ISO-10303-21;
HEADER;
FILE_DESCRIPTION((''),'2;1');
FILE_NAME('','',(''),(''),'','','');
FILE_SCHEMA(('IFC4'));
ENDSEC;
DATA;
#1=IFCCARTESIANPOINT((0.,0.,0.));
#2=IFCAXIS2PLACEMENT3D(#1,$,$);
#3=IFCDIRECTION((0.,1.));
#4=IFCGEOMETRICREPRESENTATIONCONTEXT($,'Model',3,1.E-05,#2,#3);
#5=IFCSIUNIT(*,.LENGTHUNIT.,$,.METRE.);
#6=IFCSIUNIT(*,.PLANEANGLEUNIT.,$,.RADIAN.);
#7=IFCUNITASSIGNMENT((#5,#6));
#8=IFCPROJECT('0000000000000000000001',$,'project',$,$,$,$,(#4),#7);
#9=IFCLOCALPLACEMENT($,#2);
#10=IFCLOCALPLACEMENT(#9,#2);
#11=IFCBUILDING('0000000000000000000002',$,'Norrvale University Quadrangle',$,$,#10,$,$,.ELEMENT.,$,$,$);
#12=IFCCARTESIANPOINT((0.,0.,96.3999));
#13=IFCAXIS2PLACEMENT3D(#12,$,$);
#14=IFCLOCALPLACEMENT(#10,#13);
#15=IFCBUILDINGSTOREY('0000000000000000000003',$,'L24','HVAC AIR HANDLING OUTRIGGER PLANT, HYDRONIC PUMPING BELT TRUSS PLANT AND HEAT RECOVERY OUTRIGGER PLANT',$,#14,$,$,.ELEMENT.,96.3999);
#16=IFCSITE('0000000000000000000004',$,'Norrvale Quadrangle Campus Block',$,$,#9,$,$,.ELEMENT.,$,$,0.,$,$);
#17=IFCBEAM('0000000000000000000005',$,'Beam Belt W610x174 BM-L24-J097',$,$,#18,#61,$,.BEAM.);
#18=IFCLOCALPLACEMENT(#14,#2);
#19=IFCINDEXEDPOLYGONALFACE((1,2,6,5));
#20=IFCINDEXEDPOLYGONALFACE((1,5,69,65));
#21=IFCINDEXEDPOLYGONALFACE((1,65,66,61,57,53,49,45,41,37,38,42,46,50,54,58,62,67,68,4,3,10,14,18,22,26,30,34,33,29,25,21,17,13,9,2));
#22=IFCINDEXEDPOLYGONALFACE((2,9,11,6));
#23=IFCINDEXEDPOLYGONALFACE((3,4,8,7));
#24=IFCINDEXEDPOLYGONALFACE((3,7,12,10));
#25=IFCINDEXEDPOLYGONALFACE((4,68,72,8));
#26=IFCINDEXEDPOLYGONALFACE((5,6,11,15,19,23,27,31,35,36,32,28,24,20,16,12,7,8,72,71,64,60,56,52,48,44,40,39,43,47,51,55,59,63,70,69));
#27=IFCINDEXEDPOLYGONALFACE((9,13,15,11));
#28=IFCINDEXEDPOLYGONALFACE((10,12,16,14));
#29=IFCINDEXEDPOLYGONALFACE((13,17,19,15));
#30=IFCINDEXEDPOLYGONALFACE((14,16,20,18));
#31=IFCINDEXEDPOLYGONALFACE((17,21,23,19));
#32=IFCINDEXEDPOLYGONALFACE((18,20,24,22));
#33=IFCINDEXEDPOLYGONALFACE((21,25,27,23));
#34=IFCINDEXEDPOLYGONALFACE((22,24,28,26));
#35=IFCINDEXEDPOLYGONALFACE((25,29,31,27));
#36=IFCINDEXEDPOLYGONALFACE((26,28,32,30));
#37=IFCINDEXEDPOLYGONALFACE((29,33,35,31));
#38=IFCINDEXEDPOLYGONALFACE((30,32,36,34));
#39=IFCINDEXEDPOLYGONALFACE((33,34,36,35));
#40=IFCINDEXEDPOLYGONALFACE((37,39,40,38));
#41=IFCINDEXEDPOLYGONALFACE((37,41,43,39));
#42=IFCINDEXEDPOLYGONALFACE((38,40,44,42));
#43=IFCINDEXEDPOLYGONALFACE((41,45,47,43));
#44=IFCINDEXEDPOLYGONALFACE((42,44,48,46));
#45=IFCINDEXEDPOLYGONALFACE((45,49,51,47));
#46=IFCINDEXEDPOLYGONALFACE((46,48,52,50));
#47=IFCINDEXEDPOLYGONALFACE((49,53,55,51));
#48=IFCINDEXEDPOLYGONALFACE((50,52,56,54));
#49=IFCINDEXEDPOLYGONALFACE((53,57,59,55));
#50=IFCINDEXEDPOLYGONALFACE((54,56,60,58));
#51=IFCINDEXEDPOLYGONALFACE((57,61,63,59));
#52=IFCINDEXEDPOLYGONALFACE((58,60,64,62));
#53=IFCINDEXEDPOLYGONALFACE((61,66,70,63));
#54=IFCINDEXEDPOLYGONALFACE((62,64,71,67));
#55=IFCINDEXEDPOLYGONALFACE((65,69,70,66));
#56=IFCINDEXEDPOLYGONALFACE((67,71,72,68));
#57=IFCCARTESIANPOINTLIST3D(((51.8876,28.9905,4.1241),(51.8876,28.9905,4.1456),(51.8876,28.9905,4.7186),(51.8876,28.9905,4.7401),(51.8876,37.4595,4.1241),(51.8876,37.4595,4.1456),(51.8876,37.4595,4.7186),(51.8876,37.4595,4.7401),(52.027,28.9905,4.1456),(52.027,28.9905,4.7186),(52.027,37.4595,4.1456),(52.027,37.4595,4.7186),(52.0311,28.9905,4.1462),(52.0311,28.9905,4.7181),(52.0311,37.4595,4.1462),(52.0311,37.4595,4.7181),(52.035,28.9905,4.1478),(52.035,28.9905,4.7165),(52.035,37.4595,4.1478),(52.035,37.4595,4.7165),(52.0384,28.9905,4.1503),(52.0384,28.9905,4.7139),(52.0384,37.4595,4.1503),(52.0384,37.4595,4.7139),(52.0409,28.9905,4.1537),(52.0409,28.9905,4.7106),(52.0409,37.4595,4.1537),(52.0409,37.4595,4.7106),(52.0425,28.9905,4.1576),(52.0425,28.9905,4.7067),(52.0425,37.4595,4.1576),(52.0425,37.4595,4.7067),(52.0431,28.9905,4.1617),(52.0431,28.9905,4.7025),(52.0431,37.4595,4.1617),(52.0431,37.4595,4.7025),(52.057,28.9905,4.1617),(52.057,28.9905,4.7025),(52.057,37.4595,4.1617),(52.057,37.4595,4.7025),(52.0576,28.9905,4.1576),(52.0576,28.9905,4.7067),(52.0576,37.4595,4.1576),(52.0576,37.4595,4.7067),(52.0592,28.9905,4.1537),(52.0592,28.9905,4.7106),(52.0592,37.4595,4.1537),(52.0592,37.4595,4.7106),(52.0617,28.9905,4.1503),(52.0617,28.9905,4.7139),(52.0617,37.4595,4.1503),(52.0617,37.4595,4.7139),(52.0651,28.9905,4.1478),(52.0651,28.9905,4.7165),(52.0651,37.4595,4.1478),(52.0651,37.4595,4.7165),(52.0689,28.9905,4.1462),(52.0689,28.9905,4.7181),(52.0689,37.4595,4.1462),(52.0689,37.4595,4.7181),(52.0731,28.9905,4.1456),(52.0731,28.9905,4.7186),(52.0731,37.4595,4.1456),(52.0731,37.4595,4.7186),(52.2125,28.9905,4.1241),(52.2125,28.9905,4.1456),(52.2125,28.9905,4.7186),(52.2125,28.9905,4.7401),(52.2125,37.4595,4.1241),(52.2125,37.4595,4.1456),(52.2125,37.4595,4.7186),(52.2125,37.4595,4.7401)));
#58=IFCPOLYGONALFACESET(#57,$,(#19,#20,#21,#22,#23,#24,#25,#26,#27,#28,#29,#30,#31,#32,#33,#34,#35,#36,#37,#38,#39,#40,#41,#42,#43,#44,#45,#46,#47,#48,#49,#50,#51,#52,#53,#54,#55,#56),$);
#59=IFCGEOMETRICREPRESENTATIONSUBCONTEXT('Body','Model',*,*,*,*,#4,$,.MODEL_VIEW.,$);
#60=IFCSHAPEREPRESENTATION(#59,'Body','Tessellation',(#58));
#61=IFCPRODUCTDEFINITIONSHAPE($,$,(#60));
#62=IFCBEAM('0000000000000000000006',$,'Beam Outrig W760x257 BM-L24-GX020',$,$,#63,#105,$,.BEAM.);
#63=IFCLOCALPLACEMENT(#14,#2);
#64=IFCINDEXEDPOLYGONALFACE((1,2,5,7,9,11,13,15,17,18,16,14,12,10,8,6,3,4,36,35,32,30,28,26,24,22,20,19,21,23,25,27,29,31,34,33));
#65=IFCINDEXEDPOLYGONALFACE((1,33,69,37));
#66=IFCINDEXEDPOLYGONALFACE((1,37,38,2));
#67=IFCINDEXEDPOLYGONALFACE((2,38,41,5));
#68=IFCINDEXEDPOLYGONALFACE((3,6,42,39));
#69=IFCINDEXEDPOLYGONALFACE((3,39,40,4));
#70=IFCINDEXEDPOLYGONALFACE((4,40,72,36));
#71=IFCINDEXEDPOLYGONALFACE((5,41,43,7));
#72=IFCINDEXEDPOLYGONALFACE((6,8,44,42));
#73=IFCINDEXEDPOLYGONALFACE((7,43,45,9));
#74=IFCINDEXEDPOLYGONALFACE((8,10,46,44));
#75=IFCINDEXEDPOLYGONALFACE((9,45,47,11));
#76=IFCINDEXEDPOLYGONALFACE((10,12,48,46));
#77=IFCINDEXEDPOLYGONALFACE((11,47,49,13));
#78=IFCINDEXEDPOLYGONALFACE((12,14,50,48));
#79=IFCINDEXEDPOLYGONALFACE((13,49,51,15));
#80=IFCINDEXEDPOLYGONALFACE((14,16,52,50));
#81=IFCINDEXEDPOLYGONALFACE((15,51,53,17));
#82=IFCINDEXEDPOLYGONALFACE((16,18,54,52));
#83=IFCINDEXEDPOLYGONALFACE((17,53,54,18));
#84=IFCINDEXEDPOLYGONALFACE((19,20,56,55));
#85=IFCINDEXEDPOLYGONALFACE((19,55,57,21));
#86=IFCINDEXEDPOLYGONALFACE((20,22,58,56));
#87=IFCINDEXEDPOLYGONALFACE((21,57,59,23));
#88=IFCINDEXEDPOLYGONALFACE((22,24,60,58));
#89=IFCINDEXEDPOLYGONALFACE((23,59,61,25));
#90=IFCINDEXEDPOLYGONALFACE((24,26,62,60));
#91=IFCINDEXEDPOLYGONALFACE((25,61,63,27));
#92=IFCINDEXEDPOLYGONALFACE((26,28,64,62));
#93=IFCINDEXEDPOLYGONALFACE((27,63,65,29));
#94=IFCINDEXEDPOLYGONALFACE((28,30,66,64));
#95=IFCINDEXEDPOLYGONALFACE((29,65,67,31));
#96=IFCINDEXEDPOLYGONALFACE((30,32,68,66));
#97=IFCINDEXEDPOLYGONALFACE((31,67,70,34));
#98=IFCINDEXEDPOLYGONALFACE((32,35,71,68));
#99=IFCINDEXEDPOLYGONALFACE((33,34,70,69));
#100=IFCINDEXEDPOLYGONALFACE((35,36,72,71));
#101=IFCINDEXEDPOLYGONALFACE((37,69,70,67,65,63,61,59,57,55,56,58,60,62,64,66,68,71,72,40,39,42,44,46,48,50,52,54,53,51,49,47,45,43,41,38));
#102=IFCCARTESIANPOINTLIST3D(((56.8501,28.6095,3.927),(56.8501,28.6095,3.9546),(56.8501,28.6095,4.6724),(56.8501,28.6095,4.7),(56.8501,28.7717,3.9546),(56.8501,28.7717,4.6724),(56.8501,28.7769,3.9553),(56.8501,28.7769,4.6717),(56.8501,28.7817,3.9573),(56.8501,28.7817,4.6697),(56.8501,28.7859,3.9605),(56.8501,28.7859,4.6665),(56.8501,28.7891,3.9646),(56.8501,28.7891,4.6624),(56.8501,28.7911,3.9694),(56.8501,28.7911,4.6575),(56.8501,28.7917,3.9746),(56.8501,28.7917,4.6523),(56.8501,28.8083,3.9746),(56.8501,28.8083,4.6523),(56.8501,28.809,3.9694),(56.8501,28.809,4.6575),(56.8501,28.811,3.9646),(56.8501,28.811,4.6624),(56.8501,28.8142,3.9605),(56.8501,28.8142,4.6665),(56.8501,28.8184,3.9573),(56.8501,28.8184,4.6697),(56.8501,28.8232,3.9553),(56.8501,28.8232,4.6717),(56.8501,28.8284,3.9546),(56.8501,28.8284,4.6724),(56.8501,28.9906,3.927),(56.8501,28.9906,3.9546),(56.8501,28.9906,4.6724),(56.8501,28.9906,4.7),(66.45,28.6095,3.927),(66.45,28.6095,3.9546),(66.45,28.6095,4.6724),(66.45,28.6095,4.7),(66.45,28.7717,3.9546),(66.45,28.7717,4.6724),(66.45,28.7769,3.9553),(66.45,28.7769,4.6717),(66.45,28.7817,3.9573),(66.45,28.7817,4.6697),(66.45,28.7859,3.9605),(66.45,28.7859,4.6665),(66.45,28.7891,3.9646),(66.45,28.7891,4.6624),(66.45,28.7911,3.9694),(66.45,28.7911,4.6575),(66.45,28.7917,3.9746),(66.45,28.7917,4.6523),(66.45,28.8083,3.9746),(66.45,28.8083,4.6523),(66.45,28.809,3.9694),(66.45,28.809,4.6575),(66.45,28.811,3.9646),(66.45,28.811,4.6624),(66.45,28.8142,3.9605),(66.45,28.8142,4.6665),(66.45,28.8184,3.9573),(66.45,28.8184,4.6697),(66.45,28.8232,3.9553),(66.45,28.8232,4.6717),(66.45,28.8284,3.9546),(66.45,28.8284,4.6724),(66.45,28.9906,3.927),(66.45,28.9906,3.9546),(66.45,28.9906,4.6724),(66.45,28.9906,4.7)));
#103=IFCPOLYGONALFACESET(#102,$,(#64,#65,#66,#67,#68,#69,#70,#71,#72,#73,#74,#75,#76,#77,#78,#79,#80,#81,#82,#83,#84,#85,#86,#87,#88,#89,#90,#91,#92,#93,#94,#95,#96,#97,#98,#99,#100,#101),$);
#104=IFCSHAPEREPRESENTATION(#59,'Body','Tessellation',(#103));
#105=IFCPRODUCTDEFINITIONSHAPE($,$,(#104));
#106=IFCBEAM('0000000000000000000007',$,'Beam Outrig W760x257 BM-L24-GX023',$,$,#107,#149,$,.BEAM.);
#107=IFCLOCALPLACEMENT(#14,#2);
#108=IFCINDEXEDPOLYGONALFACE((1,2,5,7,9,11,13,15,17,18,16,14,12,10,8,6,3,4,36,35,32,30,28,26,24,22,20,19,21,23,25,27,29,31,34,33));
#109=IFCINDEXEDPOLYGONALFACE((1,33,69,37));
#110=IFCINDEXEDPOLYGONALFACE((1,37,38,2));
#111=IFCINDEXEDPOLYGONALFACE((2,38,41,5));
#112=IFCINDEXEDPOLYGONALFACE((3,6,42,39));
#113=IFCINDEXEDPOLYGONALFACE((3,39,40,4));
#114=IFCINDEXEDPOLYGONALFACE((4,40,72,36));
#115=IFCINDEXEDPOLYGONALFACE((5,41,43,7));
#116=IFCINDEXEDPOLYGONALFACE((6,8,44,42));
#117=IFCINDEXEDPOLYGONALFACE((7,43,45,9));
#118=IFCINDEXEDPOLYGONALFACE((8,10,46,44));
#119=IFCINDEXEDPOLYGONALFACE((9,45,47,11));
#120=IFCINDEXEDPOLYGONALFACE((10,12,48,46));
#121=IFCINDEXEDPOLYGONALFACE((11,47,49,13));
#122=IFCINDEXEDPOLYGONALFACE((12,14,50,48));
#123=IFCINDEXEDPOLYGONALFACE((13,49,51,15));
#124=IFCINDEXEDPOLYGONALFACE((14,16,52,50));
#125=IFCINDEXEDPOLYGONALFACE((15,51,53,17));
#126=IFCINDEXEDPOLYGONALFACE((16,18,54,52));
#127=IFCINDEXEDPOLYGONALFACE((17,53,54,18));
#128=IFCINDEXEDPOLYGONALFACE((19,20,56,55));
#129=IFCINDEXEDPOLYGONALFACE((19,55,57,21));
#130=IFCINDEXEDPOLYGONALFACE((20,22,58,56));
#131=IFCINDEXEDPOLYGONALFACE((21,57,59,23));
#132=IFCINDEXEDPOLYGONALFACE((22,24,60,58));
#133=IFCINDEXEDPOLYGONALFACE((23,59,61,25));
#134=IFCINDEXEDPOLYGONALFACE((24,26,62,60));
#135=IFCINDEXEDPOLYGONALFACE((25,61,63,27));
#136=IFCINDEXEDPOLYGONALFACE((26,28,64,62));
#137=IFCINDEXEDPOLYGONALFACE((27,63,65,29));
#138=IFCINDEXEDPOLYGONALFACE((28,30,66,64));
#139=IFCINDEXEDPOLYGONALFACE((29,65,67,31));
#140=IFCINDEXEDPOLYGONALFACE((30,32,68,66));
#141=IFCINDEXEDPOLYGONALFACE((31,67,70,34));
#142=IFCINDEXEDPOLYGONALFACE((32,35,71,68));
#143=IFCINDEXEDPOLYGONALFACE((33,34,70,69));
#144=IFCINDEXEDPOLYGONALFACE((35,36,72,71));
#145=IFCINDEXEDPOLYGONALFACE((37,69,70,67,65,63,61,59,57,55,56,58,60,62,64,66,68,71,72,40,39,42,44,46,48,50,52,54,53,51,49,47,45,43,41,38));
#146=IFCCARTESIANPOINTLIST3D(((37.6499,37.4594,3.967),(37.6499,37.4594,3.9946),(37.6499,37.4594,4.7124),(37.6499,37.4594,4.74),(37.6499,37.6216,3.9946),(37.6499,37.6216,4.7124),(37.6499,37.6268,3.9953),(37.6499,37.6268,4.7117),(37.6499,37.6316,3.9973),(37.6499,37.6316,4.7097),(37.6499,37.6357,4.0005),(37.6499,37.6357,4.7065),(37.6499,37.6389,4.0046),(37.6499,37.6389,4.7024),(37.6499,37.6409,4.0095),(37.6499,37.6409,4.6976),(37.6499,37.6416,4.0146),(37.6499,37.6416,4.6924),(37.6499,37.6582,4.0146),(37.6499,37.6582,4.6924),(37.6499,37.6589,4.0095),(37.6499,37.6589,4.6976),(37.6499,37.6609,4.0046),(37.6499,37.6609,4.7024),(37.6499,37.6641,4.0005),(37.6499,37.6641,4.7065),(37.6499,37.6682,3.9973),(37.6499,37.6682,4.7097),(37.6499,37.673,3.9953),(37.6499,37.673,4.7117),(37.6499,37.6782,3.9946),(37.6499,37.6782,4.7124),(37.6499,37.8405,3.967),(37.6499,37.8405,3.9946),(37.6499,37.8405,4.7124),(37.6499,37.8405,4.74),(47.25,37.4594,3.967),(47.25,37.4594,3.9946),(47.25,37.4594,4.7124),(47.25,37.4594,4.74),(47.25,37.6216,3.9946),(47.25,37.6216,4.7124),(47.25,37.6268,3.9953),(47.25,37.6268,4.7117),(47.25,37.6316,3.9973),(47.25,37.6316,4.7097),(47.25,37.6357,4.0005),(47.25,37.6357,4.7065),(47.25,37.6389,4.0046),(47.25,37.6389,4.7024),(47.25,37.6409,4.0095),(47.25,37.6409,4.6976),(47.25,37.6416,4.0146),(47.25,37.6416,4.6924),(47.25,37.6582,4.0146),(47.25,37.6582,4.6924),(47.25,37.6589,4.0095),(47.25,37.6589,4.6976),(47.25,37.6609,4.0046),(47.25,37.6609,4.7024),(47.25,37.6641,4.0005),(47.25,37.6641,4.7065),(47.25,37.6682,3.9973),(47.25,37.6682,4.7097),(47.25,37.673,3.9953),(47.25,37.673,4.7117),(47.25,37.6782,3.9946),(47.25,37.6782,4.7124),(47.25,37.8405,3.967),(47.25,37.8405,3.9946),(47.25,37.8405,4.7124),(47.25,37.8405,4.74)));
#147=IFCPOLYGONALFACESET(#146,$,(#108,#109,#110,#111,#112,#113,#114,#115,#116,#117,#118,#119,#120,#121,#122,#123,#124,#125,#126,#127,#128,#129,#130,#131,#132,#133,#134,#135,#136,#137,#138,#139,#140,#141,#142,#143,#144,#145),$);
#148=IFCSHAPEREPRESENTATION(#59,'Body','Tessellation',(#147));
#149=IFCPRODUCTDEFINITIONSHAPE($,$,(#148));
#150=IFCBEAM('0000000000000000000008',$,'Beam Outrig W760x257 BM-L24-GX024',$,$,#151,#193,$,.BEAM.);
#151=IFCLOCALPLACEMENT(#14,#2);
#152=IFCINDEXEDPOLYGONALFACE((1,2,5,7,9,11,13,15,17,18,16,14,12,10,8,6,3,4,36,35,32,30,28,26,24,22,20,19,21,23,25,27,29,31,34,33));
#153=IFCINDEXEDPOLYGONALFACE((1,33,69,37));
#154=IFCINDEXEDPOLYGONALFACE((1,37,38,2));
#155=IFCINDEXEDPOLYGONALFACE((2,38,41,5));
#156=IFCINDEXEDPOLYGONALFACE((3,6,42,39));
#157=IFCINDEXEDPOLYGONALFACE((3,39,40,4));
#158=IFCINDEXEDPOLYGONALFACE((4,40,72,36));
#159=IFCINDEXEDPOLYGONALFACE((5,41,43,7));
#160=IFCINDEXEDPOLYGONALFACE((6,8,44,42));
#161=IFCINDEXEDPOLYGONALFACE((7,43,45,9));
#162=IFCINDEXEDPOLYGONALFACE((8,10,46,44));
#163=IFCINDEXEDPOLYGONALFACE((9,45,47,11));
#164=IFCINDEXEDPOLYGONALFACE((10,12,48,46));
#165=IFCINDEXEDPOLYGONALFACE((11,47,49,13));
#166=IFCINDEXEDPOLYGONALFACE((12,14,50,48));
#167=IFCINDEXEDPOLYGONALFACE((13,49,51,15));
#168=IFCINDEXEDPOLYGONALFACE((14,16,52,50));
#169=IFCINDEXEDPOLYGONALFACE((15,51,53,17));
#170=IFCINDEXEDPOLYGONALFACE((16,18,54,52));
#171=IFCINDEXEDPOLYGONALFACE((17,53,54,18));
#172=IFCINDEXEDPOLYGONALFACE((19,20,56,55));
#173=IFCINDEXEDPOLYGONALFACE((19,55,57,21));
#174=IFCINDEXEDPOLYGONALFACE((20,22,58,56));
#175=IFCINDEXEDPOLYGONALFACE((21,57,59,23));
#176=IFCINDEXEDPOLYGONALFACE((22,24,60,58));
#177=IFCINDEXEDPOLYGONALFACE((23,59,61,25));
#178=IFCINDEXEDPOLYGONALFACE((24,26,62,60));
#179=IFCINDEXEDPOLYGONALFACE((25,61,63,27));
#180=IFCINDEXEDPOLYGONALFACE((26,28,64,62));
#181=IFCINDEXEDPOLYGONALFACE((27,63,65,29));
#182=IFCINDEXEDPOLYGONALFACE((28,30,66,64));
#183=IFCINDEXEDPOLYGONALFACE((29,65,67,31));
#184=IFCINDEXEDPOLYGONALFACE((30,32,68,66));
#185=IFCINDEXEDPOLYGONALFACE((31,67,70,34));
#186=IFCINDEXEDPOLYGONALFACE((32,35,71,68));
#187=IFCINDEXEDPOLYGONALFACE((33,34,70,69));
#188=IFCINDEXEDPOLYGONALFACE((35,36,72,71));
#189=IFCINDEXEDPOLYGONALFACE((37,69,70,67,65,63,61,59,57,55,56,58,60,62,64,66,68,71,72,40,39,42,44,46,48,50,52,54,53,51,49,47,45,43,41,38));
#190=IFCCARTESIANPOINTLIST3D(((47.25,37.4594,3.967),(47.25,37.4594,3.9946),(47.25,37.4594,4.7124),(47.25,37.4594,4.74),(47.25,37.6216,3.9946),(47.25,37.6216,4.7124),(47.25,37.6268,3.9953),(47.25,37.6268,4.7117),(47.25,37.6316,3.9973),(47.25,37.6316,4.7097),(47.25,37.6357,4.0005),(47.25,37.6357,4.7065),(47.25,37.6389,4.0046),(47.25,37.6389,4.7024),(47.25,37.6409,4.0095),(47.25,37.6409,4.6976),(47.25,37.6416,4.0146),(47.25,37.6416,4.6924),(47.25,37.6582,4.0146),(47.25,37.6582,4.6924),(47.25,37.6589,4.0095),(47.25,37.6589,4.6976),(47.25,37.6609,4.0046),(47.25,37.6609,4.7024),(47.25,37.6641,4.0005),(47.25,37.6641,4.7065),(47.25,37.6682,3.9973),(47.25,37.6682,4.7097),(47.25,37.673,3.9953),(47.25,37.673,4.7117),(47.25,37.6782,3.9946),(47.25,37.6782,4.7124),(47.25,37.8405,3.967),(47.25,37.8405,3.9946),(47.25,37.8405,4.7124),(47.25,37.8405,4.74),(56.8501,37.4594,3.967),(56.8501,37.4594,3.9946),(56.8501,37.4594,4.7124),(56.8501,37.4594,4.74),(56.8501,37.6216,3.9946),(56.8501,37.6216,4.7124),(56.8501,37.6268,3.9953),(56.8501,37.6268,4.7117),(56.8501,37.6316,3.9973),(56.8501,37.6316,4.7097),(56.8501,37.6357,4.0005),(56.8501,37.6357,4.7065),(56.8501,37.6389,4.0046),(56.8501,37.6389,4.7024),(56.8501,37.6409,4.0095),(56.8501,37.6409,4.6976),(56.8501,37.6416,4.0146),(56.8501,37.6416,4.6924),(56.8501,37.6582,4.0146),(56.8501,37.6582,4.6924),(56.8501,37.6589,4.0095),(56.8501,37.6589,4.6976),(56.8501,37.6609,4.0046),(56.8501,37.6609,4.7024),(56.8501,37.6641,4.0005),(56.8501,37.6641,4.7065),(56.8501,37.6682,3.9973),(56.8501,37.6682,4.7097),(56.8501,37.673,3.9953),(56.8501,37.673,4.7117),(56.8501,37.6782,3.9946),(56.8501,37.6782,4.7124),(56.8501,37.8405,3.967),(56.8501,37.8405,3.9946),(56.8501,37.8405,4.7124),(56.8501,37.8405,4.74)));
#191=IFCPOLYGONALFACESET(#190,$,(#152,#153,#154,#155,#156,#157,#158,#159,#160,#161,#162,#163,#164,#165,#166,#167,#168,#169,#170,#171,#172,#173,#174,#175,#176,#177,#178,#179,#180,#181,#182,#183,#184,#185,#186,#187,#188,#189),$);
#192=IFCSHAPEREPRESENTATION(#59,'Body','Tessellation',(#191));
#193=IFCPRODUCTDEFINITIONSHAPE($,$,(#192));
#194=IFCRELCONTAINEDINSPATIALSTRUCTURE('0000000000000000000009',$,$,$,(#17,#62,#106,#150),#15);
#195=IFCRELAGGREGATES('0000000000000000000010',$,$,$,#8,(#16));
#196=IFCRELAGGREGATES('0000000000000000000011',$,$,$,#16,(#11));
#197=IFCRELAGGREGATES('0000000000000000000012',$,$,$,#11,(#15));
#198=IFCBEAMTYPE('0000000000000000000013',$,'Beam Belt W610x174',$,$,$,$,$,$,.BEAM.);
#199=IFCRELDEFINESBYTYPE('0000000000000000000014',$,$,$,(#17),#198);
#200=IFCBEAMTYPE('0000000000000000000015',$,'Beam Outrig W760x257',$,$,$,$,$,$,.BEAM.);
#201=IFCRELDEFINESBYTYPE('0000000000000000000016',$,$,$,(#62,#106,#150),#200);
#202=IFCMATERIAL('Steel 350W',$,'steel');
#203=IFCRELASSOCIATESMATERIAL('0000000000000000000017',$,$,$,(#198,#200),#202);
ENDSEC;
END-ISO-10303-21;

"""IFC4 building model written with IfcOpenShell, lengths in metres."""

from ifc_helpers import new_model, si_unit, direction, frame, origin, origin_2d, place, context, subcontext, project, spatial, i_section, extrude, material, material_profile, profile_set, type_object, element, save


model = new_model("IFC4")

# Units and contexts
model_context = context("Model", 3, precision=1e-05, world=origin(), true_north=direction((0.0, 1.0)))
body_context = subcontext(model_context, "Body", "Model", "MODEL_VIEW")
ifc_project = project(units=[si_unit("LENGTHUNIT", "METRE"), si_unit("PLANEANGLEUNIT", "RADIAN")], contexts=[model_context])

# Site, building, storey
site_placement = place(None, origin())
site = spatial("IfcSite", under=ifc_project, at=site_placement, Name="Norrvale Quadrangle Campus Block", CompositionType="ELEMENT", RefElevation=0.0)
building_placement = place(site_placement, origin())
building = spatial("IfcBuilding", under=site, at=building_placement, Name="Norrvale University Quadrangle", CompositionType="ELEMENT")
storey_placement = place(building_placement, frame((0.0, 0.0, 96.3999)))
storey = spatial("IfcBuildingStorey", under=building, at=storey_placement, Name="L24", Description="HVAC AIR HANDLING OUTRIGGER PLANT, HYDRONIC PUMPING BELT TRUSS PLANT AND HEAT RECOVERY OUTRIGGER PLANT", CompositionType="ELEMENT", Elevation=96.3999)

# Beams
ifc_material_1 = material(Name="Steel 350W", Category="steel")
ifc_material_profile_1 = material_profile(ifc_material_1, i_section(OverallWidth=0.325, OverallDepth=0.616, WebThickness=0.0139, FlangeThickness=0.0215, FilletRadius=0.0161, at=origin_2d()), Name="Steel 350W")
ifc_profile_set_1 = profile_set([ifc_material_profile_1], Name="Steel 350W")
beam_type_1 = type_object("IfcBeamType", Name="Beam Belt W610x174", PredefinedType="BEAM", material=ifc_profile_set_1)
for number, where, z_axis, x_axis, name in (
    (1, (52.05, 28.9905, 4.4321), (0.0, 1.0, 0.0), (-1.0, 0.0, 0.0), "Beam Belt W610x174 BM-L24-J097"),
):
    element("IfcBeam", number, at=place(storey_placement, frame(where, z_axis=z_axis, x_axis=x_axis)), inside=storey, type_object=beam_type_1, Name=name, PredefinedType="BEAM", context=body_context, shape_type="SweptSolid", body=[
        extrude(i_section(OverallWidth=0.325, OverallDepth=0.616, WebThickness=0.0139, FlangeThickness=0.0215, FilletRadius=0.0161, at=origin_2d()), origin(), (0.0, 0.0, 1.0), 8.469),
    ])
ifc_material_profile_2 = material_profile(ifc_material_1, i_section(OverallWidth=0.3811, OverallDepth=0.7729, WebThickness=0.0166, FlangeThickness=0.0276, FilletRadius=0.02, at=origin_2d()), Name="Steel 350W")
ifc_profile_set_2 = profile_set([ifc_material_profile_2], Name="Steel 350W")
beam_type_2 = type_object("IfcBeamType", Name="Beam Outrig W760x257", PredefinedType="BEAM", material=ifc_profile_set_2)
beam_1_placement = place(storey_placement, frame((56.8501, 28.8, 4.3135), z_axis=(1.0, 0.0, 0.0), x_axis=(0.0, 1.0, 0.0)))
element("IfcBeam", 2, at=beam_1_placement, inside=storey, type_object=beam_type_2, Name="Beam Outrig W760x257 BM-L24-GX020", PredefinedType="BEAM", context=body_context, shape_type="SweptSolid", body=[
    extrude(i_section(OverallWidth=0.3811, OverallDepth=0.7729, WebThickness=0.0166, FlangeThickness=0.0276, FilletRadius=0.02, at=origin_2d()), origin(), (0.0, 0.0, 1.0), 9.5999),
])
for number, where, z_axis, x_axis, name in (
    (3, (37.6499, 37.6499, 4.3535), (1.0, 0.0, 0.0), (0.0, 1.0, 0.0), "Beam Outrig W760x257 BM-L24-GX023"),
    (4, (47.25, 37.6499, 4.3535), (1.0, 0.0, 0.0), (0.0, 1.0, 0.0), "Beam Outrig W760x257 BM-L24-GX024"),
):
    element("IfcBeam", number, at=place(storey_placement, frame(where, z_axis=z_axis, x_axis=x_axis)), inside=storey, type_object=beam_type_2, Name=name, PredefinedType="BEAM", context=body_context, shape_type="SweptSolid", body=[
        extrude(i_section(OverallWidth=0.3811, OverallDepth=0.7729, WebThickness=0.0166, FlangeThickness=0.0276, FilletRadius=0.02, at=origin_2d()), origin(), (0.0, 0.0, 1.0), 9.6001),
    ])

save(model, "model.ifc")
